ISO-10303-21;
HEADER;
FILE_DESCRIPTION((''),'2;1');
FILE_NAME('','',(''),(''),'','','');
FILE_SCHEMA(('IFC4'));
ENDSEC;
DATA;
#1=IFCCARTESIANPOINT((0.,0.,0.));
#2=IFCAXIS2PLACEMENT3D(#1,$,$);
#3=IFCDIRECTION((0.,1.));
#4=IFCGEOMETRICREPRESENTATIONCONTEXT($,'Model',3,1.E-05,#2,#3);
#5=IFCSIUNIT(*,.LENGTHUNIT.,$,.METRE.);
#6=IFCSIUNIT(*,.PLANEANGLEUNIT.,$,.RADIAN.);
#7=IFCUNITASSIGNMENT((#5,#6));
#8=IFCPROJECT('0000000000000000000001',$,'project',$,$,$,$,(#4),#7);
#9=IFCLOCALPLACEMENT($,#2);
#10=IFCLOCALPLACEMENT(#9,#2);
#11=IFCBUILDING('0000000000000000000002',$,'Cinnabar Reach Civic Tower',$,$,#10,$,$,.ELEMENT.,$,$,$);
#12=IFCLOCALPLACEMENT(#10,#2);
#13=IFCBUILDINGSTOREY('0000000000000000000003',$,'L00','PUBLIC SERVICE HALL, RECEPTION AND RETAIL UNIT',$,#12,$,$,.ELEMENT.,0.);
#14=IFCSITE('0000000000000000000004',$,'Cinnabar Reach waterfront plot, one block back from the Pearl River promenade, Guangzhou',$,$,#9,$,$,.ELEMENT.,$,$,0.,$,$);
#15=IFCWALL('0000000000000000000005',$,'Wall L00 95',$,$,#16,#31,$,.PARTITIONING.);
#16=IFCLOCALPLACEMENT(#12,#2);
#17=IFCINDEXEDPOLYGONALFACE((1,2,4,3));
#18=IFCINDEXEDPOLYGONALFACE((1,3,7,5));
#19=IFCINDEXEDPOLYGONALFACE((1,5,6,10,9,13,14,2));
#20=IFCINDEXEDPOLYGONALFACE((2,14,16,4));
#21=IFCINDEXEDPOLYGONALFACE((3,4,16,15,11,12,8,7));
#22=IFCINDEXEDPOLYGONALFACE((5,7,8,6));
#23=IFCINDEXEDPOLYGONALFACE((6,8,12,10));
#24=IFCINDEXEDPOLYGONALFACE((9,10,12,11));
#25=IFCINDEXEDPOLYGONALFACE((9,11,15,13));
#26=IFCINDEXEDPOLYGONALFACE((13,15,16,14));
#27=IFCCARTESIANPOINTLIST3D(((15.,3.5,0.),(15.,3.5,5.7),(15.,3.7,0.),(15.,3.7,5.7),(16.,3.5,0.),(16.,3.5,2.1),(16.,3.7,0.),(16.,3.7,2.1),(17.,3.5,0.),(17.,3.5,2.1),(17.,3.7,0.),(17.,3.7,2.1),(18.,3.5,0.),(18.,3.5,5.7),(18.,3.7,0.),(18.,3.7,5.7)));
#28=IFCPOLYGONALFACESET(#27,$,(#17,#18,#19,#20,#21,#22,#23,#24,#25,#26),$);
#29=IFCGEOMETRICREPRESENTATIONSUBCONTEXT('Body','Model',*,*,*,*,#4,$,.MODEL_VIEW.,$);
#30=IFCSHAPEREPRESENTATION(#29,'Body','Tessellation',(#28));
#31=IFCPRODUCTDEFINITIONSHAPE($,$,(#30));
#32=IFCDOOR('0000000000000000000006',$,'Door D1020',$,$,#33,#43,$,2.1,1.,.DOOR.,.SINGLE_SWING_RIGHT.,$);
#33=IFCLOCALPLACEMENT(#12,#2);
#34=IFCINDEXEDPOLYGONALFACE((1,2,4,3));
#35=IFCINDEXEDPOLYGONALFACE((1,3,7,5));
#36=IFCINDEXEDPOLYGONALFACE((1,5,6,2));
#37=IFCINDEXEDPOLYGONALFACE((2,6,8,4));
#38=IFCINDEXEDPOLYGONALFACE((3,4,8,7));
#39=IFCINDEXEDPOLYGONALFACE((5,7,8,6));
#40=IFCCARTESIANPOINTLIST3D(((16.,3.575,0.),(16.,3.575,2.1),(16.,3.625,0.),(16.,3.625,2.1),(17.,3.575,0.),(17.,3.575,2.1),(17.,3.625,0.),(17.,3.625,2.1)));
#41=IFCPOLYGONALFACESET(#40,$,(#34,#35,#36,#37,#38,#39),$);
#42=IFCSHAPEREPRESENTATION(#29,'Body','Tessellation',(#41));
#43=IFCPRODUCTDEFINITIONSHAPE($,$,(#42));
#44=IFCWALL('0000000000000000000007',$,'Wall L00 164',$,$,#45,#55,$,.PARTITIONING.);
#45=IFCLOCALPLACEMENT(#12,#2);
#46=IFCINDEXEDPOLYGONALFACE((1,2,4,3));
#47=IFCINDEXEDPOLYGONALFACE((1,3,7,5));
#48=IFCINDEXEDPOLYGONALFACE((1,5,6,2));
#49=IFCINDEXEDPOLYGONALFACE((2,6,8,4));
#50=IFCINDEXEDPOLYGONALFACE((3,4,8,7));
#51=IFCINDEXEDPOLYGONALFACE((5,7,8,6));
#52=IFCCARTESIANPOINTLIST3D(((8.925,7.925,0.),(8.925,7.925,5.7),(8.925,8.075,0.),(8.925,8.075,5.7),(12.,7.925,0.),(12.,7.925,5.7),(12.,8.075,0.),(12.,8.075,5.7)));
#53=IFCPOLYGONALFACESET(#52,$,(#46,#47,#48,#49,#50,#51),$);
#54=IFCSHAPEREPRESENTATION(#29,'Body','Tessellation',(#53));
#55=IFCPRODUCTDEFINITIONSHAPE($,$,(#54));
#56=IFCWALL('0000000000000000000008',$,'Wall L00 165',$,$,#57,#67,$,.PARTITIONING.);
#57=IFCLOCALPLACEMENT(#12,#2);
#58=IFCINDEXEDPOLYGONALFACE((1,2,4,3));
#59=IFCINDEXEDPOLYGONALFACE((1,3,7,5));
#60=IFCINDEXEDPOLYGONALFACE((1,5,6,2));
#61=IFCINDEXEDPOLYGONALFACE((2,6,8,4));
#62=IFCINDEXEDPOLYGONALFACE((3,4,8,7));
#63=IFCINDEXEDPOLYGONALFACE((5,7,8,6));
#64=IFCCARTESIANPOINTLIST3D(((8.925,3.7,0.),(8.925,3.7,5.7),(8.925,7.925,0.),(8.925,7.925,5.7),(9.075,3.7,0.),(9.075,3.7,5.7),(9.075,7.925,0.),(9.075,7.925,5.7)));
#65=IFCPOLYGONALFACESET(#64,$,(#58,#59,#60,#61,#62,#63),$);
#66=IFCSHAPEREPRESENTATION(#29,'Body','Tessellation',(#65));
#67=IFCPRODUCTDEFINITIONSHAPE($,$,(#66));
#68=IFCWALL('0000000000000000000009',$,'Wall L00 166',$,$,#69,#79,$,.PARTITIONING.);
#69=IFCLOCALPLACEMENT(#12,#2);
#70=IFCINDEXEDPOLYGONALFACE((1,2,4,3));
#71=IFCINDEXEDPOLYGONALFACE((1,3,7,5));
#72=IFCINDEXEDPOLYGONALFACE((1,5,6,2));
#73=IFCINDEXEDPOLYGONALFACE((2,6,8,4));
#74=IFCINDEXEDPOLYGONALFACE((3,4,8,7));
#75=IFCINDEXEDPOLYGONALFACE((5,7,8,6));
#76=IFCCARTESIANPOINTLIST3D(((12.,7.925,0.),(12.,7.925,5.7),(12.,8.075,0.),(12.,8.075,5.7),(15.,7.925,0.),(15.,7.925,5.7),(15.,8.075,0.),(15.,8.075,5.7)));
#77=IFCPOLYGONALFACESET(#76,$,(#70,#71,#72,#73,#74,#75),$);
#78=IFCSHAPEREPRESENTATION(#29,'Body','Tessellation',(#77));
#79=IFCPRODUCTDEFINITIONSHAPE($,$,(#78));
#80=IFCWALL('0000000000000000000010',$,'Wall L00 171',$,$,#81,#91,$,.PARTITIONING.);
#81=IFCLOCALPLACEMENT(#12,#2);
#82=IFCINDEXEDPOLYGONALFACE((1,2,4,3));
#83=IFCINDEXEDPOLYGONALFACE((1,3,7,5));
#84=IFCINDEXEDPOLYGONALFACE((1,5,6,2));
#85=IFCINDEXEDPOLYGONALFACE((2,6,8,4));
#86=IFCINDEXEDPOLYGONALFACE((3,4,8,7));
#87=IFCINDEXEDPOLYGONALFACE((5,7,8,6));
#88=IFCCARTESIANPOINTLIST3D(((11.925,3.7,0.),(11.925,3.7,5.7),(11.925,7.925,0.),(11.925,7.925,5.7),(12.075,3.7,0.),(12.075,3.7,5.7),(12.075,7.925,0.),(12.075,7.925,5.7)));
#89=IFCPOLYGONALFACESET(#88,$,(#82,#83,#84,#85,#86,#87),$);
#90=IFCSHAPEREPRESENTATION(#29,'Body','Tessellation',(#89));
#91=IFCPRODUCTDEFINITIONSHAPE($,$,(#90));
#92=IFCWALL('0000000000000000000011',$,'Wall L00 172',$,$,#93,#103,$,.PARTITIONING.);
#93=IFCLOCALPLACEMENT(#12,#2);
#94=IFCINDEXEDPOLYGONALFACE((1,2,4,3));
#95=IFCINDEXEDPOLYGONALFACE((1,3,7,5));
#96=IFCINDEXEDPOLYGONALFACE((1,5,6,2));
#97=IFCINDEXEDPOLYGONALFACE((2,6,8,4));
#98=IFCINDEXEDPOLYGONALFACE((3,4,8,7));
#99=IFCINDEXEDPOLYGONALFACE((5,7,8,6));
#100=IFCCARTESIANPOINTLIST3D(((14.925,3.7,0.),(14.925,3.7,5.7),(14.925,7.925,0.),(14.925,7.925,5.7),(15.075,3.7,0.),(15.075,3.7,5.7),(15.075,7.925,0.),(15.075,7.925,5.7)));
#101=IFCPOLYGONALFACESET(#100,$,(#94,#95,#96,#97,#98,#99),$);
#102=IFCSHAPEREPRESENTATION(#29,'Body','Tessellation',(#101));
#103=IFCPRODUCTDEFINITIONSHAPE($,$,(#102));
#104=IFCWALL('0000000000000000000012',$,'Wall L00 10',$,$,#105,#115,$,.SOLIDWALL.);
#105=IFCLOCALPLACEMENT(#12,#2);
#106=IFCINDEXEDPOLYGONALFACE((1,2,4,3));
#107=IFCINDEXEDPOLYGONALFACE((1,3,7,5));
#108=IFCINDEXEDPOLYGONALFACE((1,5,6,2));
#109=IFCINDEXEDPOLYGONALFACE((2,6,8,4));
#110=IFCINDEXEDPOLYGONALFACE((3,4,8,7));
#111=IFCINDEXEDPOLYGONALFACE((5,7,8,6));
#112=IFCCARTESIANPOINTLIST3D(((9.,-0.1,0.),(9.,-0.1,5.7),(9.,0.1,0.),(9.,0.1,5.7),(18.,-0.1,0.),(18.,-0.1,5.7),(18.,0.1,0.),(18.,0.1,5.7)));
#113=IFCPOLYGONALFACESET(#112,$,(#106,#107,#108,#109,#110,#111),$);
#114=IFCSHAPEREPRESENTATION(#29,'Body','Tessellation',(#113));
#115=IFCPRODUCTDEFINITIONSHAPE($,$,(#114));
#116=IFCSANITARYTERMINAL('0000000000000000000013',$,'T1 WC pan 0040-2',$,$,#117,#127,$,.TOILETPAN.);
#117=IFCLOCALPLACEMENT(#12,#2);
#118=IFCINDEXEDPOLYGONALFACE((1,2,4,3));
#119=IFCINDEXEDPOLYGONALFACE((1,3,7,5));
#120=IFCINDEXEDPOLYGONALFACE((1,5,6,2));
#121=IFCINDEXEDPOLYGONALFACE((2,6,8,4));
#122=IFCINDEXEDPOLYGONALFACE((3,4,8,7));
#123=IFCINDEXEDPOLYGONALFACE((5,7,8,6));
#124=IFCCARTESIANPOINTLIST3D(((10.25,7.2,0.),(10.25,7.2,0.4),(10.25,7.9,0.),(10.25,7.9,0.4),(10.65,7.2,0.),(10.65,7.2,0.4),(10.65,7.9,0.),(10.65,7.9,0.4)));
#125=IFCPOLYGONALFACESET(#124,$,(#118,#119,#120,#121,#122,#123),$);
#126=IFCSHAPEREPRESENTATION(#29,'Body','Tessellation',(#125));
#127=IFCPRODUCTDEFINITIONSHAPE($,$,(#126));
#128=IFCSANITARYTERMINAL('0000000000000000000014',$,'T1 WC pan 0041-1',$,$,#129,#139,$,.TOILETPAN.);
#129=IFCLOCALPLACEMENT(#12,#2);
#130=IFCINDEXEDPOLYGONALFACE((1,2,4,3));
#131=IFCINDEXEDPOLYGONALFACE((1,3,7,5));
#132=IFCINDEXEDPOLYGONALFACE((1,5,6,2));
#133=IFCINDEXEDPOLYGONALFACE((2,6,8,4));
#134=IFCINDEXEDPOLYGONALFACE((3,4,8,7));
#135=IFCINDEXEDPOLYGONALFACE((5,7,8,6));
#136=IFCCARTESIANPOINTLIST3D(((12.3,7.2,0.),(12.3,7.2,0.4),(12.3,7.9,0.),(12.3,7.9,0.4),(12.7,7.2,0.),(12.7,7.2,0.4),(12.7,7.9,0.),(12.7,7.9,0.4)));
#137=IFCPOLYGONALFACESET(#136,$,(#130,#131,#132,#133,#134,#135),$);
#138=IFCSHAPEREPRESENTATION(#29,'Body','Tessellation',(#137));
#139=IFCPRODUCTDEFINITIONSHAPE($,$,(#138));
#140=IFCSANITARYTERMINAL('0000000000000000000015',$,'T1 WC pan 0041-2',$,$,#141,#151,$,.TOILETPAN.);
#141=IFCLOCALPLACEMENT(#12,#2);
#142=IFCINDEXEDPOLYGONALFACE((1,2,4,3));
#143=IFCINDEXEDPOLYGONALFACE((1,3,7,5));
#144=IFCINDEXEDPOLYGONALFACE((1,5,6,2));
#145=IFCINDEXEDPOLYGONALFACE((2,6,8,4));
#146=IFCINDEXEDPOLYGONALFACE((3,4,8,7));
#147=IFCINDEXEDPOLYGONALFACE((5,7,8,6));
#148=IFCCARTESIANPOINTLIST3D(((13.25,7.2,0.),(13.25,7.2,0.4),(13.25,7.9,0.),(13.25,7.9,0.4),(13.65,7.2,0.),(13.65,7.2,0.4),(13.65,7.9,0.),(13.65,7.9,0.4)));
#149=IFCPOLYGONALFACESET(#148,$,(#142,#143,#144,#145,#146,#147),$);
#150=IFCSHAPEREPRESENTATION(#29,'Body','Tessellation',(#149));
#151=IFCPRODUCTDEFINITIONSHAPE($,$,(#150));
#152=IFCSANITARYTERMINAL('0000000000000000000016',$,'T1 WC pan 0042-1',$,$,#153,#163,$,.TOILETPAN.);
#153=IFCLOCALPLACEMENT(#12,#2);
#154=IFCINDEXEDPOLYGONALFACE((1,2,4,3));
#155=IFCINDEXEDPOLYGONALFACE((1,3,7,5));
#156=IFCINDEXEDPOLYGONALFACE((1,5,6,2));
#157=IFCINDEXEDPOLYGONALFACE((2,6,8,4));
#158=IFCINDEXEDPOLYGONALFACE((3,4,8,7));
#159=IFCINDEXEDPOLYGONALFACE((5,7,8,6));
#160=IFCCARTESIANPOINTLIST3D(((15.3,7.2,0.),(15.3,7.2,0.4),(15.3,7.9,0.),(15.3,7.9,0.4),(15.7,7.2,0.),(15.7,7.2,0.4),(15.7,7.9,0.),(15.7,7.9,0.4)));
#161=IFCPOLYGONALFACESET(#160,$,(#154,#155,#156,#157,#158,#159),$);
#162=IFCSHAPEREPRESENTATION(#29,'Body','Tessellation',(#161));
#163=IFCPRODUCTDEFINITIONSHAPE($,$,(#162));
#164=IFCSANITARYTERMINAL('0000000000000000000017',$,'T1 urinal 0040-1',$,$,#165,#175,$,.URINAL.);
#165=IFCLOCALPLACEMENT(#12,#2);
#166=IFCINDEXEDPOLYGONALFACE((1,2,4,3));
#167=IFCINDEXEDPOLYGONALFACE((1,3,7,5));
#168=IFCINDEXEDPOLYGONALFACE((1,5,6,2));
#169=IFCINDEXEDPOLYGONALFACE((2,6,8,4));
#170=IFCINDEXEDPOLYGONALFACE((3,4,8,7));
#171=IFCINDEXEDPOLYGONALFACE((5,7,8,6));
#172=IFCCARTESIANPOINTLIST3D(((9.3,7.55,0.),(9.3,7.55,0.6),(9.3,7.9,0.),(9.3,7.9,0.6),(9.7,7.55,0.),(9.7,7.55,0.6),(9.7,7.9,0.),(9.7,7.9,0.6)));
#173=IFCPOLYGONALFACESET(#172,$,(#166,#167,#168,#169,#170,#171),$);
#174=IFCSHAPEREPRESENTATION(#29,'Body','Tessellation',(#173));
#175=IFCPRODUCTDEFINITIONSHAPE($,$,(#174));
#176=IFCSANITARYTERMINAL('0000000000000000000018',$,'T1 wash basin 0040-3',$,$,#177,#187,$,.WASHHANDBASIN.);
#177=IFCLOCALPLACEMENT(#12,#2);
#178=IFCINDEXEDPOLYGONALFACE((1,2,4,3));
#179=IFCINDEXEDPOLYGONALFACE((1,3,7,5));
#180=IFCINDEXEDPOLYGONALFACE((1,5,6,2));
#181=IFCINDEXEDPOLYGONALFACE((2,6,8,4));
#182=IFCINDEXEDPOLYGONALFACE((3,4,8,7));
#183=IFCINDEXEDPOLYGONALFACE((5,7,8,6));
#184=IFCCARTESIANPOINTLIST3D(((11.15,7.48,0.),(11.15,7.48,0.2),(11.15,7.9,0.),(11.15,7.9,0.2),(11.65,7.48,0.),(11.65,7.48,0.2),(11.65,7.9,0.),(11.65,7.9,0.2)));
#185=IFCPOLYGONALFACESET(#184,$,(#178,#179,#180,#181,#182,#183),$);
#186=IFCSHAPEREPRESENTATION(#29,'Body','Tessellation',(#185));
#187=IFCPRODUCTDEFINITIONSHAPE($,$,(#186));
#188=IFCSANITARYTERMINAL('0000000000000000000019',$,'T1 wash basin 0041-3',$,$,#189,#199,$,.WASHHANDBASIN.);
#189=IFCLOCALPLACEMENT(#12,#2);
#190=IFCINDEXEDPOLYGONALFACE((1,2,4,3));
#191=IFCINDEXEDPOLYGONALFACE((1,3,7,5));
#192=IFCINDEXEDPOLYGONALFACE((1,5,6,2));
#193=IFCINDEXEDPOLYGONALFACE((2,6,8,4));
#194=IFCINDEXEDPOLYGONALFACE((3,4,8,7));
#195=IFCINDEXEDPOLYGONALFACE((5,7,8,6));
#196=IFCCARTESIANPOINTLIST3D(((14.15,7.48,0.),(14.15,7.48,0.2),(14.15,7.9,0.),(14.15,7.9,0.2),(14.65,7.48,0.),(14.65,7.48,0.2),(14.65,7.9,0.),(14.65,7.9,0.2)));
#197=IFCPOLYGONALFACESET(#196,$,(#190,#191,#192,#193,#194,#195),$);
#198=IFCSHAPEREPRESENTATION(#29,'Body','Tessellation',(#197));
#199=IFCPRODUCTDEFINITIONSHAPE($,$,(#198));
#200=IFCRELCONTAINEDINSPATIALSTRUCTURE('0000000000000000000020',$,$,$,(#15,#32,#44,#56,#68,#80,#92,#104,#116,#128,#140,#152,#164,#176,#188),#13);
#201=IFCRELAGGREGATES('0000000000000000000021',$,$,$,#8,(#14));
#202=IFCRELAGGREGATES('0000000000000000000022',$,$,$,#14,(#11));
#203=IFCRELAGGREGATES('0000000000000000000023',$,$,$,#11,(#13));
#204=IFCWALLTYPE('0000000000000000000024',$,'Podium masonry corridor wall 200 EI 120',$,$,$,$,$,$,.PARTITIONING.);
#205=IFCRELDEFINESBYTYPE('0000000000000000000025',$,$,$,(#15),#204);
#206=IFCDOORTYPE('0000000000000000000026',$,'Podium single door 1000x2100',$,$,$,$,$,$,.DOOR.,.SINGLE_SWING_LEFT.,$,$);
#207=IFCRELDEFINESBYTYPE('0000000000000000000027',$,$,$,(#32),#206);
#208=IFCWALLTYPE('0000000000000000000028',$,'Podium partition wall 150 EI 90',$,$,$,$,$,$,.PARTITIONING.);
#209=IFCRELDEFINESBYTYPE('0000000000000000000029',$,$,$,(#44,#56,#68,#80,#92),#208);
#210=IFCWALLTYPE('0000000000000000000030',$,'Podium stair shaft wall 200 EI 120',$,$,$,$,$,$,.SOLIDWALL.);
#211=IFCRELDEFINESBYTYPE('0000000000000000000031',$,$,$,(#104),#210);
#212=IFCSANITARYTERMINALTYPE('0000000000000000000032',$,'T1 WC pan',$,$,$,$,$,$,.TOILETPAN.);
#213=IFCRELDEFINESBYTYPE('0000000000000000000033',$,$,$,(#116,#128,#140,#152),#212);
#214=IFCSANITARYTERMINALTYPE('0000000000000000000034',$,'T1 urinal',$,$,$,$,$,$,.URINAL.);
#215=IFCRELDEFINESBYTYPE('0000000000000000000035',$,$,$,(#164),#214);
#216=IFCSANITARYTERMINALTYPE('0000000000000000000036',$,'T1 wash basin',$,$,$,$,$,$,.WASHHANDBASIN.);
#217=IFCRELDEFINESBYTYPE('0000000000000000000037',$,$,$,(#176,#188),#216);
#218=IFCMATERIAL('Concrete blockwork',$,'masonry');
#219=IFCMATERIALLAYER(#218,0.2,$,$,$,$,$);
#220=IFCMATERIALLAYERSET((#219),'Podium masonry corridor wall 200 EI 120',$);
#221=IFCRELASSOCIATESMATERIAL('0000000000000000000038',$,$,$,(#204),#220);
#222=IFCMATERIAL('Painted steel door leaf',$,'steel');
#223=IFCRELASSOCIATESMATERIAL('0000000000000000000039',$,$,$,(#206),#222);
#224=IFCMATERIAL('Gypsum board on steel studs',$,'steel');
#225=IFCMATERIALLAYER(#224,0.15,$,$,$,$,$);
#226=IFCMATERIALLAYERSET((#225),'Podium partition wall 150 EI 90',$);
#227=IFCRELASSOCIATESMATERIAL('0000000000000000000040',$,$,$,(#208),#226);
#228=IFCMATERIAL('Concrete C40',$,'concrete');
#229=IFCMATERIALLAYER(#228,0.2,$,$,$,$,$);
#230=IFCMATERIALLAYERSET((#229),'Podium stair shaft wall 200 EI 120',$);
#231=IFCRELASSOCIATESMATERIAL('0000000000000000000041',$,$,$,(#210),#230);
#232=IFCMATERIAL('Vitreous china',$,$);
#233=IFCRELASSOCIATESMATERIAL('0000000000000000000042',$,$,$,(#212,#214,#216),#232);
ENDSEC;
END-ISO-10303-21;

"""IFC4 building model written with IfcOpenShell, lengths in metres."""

from ifc_helpers import new_model, si_unit, direction, frame, frame_2d, origin, origin_2d, place, context, subcontext, project, spatial, rectangle, extrude, material, layer, layer_set, type_object, element, fill, save


model = new_model("IFC4")

# Units and contexts
model_context = context("Model", 3, precision=1e-05, world=origin(), true_north=direction((0.0, 1.0)))
body_context = subcontext(model_context, "Body", "Model", "MODEL_VIEW")
ifc_project = project(units=[si_unit("LENGTHUNIT", "METRE"), si_unit("PLANEANGLEUNIT", "RADIAN")], contexts=[model_context])

# Site, building, storey
site_placement = place(None, origin())
site = spatial("IfcSite", under=ifc_project, at=site_placement, Name="Cinnabar Reach waterfront plot, one block back from the Pearl River promenade, Guangzhou", CompositionType="ELEMENT", RefElevation=0.0)
building_placement = place(site_placement, origin())
building = spatial("IfcBuilding", under=site, at=building_placement, Name="Cinnabar Reach Civic Tower", CompositionType="ELEMENT")
storey_placement = place(building_placement, origin())
storey = spatial("IfcBuildingStorey", under=building, at=storey_placement, Name="L00", Description="PUBLIC SERVICE HALL, RECEPTION AND RETAIL UNIT", CompositionType="ELEMENT", Elevation=0.0)

# Shared definitions
ifc_material_1 = material(Name="Concrete C40", Category="concrete")

# Shared definitions
ifc_material_2 = material(Name="Concrete blockwork", Category="masonry")
ifc_layer_1 = layer(ifc_material_2, 0.2)
ifc_layer_set_1 = layer_set([ifc_layer_1], Name="Podium masonry corridor wall 200 EI 120")
wall_type_1 = type_object("IfcWallType", Name="Podium masonry corridor wall 200 EI 120", PredefinedType="PARTITIONING", material=ifc_layer_set_1)
ifc_material_3 = material(Name="Painted steel door leaf", Category="steel")

# Wall, opening, door
door_type_1 = type_object("IfcDoorType", Name="Podium single door 1000x2100", OperationType="SINGLE_SWING_LEFT", PredefinedType="DOOR", material=ifc_material_3)
wall_1_placement = place(storey_placement, frame((15.0, 3.6, 0.0), z_axis=(0.0, 0.0, 1.0), x_axis=(1.0, 0.0, 0.0)))
wall_1 = element("IfcWall", 1, at=wall_1_placement, inside=storey, type_object=wall_type_1, Name="Wall L00 95", PredefinedType="PARTITIONING", context=body_context, shape_type="SweptSolid", body=[
    extrude(rectangle(XDim=3.0, YDim=0.2, at=frame_2d((1.5, 0.0))), origin(), (0.0, 0.0, 1.0), 5.7),
])
opening_1_placement = place(wall_1_placement, frame((1.0, 0.0, 0.0)))
opening_1 = element("IfcOpeningElement", 2, at=opening_1_placement, cuts=wall_1, PredefinedType="OPENING", context=body_context, shape_type="SweptSolid", body=[
    extrude(rectangle(XDim=1.0, YDim=2.1, at=frame_2d((0.5, 1.05))), frame((0.0, 0.11, 0.0), z_axis=(0.0, -1.0, 0.0), x_axis=(1.0, 0.0, 0.0)), (0.0, 0.0, 1.0), 0.22),
])
door_1_placement = place(opening_1_placement, origin())
door_1 = element("IfcDoor", 3, at=door_1_placement, inside=storey, type_object=door_type_1, Name="Door D1020", OperationType="SINGLE_SWING_RIGHT", OverallHeight=2.1, OverallWidth=1.0, PredefinedType="DOOR", context=body_context, shape_type="SweptSolid", body=[
    extrude(rectangle(XDim=1.0, YDim=2.1, at=frame_2d((0.5, 1.05))), frame((0.0, 0.025, 0.0), z_axis=(0.0, -1.0, 0.0), x_axis=(1.0, 0.0, 0.0)), (0.0, 0.0, 1.0), 0.05),
])
fill(opening_1, door_1)

# Walls
ifc_material_4 = material(Name="Gypsum board on steel studs", Category="steel")
ifc_layer_2 = layer(ifc_material_4, 0.15)
ifc_layer_set_2 = layer_set([ifc_layer_2], Name="Podium partition wall 150 EI 90")
wall_type_2 = type_object("IfcWallType", Name="Podium partition wall 150 EI 90", PredefinedType="PARTITIONING", material=ifc_layer_set_2)
wall_2_placement = place(storey_placement, frame((8.925, 8.0, 0.0), z_axis=(0.0, 0.0, 1.0), x_axis=(1.0, 0.0, 0.0)))
element("IfcWall", 4, at=wall_2_placement, inside=storey, type_object=wall_type_2, Name="Wall L00 164", PredefinedType="PARTITIONING", context=body_context, shape_type="SweptSolid", body=[
    extrude(rectangle(XDim=3.075, YDim=0.15, at=frame_2d((1.5375, 0.0))), origin(), (0.0, 0.0, 1.0), 5.7),
])
wall_3_placement = place(storey_placement, frame((9.0, 3.7, 0.0), z_axis=(0.0, 0.0, 1.0), x_axis=(0.0, 1.0, 0.0)))
element("IfcWall", 5, at=wall_3_placement, inside=storey, type_object=wall_type_2, Name="Wall L00 165", PredefinedType="PARTITIONING", context=body_context, shape_type="SweptSolid", body=[
    extrude(rectangle(XDim=4.225, YDim=0.15, at=frame_2d((2.1125, 0.0))), origin(), (0.0, 0.0, 1.0), 5.7),
])
wall_4_placement = place(storey_placement, frame((12.0, 8.0, 0.0), z_axis=(0.0, 0.0, 1.0), x_axis=(1.0, 0.0, 0.0)))
element("IfcWall", 6, at=wall_4_placement, inside=storey, type_object=wall_type_2, Name="Wall L00 166", PredefinedType="PARTITIONING", context=body_context, shape_type="SweptSolid", body=[
    extrude(rectangle(XDim=3.0, YDim=0.15, at=frame_2d((1.5, 0.0))), origin(), (0.0, 0.0, 1.0), 5.7),
])
for number, where, z_axis, x_axis, name in (
    (7, (12.0, 3.7, 0.0), (0.0, 0.0, 1.0), (0.0, 1.0, 0.0), "Wall L00 171"),
    (8, (15.0, 3.7, 0.0), (0.0, 0.0, 1.0), (0.0, 1.0, 0.0), "Wall L00 172"),
):
    element("IfcWall", number, at=place(storey_placement, frame(where, z_axis=z_axis, x_axis=x_axis)), inside=storey, type_object=wall_type_2, Name=name, PredefinedType="PARTITIONING", context=body_context, shape_type="SweptSolid", body=[
        extrude(rectangle(XDim=4.225, YDim=0.15, at=frame_2d((2.1125, 0.0))), origin(), (0.0, 0.0, 1.0), 5.7),
    ])
ifc_layer_3 = layer(ifc_material_1, 0.2)
ifc_layer_set_3 = layer_set([ifc_layer_3], Name="Podium stair shaft wall 200 EI 120")
wall_type_3 = type_object("IfcWallType", Name="Podium stair shaft wall 200 EI 120", PredefinedType="SOLIDWALL", material=ifc_layer_set_3)
wall_5_placement = place(storey_placement, frame((9.0, 0.0, 0.0), z_axis=(0.0, 0.0, 1.0), x_axis=(1.0, 0.0, 0.0)))
element("IfcWall", 9, at=wall_5_placement, inside=storey, type_object=wall_type_3, Name="Wall L00 10", PredefinedType="SOLIDWALL", context=body_context, shape_type="SweptSolid", body=[
    extrude(rectangle(XDim=9.0, YDim=0.2, at=frame_2d((4.5, 0.0))), origin(), (0.0, 0.0, 1.0), 5.7),
])

# Sanitary terminals
ifc_material_5 = material(Name="Vitreous china")
sanitary_terminal_type_1 = type_object("IfcSanitaryTerminalType", Name="T1 WC pan", PredefinedType="TOILETPAN", material=ifc_material_5)
for number, where, z_axis, x_axis, name in (
    (10, (10.45, 7.55, 0.0), (0.0, 0.0, 1.0), (1.0, 0.0, 0.0), "T1 WC pan 0040-2"),
    (11, (12.5, 7.55, 0.0), (0.0, 0.0, 1.0), (1.0, 0.0, 0.0), "T1 WC pan 0041-1"),
    (12, (13.45, 7.55, 0.0), (0.0, 0.0, 1.0), (1.0, 0.0, 0.0), "T1 WC pan 0041-2"),
    (13, (15.5, 7.55, 0.0), (0.0, 0.0, 1.0), (1.0, 0.0, 0.0), "T1 WC pan 0042-1"),
):
    element("IfcSanitaryTerminal", number, at=place(storey_placement, frame(where, z_axis=z_axis, x_axis=x_axis)), inside=storey, type_object=sanitary_terminal_type_1, Name=name, PredefinedType="TOILETPAN", context=body_context, shape_type="SweptSolid", body=[
        extrude(rectangle(XDim=0.4, YDim=0.7, at=origin_2d()), origin(), (0.0, 0.0, 1.0), 0.4),
    ])
sanitary_terminal_type_2 = type_object("IfcSanitaryTerminalType", Name="T1 urinal", PredefinedType="URINAL", material=ifc_material_5)
sanitary_terminal_placement = place(storey_placement, frame((9.5, 7.725, 0.0), z_axis=(0.0, 0.0, 1.0), x_axis=(1.0, 0.0, 0.0)))
element("IfcSanitaryTerminal", 14, at=sanitary_terminal_placement, inside=storey, type_object=sanitary_terminal_type_2, Name="T1 urinal 0040-1", PredefinedType="URINAL", context=body_context, shape_type="SweptSolid", body=[
    extrude(rectangle(XDim=0.4, YDim=0.35, at=origin_2d()), origin(), (0.0, 0.0, 1.0), 0.6),
])
sanitary_terminal_type_3 = type_object("IfcSanitaryTerminalType", Name="T1 wash basin", PredefinedType="WASHHANDBASIN", material=ifc_material_5)
for number, where, z_axis, x_axis, name in (
    (15, (11.4, 7.69, 0.0), (0.0, 0.0, 1.0), (1.0, 0.0, 0.0), "T1 wash basin 0040-3"),
    (16, (14.4, 7.69, 0.0), (0.0, 0.0, 1.0), (1.0, 0.0, 0.0), "T1 wash basin 0041-3"),
):
    element("IfcSanitaryTerminal", number, at=place(storey_placement, frame(where, z_axis=z_axis, x_axis=x_axis)), inside=storey, type_object=sanitary_terminal_type_3, Name=name, PredefinedType="WASHHANDBASIN", context=body_context, shape_type="SweptSolid", body=[
        extrude(rectangle(XDim=0.5, YDim=0.42, at=origin_2d()), origin(), (0.0, 0.0, 1.0), 0.2),
    ])

save(model, "model.ifc")
